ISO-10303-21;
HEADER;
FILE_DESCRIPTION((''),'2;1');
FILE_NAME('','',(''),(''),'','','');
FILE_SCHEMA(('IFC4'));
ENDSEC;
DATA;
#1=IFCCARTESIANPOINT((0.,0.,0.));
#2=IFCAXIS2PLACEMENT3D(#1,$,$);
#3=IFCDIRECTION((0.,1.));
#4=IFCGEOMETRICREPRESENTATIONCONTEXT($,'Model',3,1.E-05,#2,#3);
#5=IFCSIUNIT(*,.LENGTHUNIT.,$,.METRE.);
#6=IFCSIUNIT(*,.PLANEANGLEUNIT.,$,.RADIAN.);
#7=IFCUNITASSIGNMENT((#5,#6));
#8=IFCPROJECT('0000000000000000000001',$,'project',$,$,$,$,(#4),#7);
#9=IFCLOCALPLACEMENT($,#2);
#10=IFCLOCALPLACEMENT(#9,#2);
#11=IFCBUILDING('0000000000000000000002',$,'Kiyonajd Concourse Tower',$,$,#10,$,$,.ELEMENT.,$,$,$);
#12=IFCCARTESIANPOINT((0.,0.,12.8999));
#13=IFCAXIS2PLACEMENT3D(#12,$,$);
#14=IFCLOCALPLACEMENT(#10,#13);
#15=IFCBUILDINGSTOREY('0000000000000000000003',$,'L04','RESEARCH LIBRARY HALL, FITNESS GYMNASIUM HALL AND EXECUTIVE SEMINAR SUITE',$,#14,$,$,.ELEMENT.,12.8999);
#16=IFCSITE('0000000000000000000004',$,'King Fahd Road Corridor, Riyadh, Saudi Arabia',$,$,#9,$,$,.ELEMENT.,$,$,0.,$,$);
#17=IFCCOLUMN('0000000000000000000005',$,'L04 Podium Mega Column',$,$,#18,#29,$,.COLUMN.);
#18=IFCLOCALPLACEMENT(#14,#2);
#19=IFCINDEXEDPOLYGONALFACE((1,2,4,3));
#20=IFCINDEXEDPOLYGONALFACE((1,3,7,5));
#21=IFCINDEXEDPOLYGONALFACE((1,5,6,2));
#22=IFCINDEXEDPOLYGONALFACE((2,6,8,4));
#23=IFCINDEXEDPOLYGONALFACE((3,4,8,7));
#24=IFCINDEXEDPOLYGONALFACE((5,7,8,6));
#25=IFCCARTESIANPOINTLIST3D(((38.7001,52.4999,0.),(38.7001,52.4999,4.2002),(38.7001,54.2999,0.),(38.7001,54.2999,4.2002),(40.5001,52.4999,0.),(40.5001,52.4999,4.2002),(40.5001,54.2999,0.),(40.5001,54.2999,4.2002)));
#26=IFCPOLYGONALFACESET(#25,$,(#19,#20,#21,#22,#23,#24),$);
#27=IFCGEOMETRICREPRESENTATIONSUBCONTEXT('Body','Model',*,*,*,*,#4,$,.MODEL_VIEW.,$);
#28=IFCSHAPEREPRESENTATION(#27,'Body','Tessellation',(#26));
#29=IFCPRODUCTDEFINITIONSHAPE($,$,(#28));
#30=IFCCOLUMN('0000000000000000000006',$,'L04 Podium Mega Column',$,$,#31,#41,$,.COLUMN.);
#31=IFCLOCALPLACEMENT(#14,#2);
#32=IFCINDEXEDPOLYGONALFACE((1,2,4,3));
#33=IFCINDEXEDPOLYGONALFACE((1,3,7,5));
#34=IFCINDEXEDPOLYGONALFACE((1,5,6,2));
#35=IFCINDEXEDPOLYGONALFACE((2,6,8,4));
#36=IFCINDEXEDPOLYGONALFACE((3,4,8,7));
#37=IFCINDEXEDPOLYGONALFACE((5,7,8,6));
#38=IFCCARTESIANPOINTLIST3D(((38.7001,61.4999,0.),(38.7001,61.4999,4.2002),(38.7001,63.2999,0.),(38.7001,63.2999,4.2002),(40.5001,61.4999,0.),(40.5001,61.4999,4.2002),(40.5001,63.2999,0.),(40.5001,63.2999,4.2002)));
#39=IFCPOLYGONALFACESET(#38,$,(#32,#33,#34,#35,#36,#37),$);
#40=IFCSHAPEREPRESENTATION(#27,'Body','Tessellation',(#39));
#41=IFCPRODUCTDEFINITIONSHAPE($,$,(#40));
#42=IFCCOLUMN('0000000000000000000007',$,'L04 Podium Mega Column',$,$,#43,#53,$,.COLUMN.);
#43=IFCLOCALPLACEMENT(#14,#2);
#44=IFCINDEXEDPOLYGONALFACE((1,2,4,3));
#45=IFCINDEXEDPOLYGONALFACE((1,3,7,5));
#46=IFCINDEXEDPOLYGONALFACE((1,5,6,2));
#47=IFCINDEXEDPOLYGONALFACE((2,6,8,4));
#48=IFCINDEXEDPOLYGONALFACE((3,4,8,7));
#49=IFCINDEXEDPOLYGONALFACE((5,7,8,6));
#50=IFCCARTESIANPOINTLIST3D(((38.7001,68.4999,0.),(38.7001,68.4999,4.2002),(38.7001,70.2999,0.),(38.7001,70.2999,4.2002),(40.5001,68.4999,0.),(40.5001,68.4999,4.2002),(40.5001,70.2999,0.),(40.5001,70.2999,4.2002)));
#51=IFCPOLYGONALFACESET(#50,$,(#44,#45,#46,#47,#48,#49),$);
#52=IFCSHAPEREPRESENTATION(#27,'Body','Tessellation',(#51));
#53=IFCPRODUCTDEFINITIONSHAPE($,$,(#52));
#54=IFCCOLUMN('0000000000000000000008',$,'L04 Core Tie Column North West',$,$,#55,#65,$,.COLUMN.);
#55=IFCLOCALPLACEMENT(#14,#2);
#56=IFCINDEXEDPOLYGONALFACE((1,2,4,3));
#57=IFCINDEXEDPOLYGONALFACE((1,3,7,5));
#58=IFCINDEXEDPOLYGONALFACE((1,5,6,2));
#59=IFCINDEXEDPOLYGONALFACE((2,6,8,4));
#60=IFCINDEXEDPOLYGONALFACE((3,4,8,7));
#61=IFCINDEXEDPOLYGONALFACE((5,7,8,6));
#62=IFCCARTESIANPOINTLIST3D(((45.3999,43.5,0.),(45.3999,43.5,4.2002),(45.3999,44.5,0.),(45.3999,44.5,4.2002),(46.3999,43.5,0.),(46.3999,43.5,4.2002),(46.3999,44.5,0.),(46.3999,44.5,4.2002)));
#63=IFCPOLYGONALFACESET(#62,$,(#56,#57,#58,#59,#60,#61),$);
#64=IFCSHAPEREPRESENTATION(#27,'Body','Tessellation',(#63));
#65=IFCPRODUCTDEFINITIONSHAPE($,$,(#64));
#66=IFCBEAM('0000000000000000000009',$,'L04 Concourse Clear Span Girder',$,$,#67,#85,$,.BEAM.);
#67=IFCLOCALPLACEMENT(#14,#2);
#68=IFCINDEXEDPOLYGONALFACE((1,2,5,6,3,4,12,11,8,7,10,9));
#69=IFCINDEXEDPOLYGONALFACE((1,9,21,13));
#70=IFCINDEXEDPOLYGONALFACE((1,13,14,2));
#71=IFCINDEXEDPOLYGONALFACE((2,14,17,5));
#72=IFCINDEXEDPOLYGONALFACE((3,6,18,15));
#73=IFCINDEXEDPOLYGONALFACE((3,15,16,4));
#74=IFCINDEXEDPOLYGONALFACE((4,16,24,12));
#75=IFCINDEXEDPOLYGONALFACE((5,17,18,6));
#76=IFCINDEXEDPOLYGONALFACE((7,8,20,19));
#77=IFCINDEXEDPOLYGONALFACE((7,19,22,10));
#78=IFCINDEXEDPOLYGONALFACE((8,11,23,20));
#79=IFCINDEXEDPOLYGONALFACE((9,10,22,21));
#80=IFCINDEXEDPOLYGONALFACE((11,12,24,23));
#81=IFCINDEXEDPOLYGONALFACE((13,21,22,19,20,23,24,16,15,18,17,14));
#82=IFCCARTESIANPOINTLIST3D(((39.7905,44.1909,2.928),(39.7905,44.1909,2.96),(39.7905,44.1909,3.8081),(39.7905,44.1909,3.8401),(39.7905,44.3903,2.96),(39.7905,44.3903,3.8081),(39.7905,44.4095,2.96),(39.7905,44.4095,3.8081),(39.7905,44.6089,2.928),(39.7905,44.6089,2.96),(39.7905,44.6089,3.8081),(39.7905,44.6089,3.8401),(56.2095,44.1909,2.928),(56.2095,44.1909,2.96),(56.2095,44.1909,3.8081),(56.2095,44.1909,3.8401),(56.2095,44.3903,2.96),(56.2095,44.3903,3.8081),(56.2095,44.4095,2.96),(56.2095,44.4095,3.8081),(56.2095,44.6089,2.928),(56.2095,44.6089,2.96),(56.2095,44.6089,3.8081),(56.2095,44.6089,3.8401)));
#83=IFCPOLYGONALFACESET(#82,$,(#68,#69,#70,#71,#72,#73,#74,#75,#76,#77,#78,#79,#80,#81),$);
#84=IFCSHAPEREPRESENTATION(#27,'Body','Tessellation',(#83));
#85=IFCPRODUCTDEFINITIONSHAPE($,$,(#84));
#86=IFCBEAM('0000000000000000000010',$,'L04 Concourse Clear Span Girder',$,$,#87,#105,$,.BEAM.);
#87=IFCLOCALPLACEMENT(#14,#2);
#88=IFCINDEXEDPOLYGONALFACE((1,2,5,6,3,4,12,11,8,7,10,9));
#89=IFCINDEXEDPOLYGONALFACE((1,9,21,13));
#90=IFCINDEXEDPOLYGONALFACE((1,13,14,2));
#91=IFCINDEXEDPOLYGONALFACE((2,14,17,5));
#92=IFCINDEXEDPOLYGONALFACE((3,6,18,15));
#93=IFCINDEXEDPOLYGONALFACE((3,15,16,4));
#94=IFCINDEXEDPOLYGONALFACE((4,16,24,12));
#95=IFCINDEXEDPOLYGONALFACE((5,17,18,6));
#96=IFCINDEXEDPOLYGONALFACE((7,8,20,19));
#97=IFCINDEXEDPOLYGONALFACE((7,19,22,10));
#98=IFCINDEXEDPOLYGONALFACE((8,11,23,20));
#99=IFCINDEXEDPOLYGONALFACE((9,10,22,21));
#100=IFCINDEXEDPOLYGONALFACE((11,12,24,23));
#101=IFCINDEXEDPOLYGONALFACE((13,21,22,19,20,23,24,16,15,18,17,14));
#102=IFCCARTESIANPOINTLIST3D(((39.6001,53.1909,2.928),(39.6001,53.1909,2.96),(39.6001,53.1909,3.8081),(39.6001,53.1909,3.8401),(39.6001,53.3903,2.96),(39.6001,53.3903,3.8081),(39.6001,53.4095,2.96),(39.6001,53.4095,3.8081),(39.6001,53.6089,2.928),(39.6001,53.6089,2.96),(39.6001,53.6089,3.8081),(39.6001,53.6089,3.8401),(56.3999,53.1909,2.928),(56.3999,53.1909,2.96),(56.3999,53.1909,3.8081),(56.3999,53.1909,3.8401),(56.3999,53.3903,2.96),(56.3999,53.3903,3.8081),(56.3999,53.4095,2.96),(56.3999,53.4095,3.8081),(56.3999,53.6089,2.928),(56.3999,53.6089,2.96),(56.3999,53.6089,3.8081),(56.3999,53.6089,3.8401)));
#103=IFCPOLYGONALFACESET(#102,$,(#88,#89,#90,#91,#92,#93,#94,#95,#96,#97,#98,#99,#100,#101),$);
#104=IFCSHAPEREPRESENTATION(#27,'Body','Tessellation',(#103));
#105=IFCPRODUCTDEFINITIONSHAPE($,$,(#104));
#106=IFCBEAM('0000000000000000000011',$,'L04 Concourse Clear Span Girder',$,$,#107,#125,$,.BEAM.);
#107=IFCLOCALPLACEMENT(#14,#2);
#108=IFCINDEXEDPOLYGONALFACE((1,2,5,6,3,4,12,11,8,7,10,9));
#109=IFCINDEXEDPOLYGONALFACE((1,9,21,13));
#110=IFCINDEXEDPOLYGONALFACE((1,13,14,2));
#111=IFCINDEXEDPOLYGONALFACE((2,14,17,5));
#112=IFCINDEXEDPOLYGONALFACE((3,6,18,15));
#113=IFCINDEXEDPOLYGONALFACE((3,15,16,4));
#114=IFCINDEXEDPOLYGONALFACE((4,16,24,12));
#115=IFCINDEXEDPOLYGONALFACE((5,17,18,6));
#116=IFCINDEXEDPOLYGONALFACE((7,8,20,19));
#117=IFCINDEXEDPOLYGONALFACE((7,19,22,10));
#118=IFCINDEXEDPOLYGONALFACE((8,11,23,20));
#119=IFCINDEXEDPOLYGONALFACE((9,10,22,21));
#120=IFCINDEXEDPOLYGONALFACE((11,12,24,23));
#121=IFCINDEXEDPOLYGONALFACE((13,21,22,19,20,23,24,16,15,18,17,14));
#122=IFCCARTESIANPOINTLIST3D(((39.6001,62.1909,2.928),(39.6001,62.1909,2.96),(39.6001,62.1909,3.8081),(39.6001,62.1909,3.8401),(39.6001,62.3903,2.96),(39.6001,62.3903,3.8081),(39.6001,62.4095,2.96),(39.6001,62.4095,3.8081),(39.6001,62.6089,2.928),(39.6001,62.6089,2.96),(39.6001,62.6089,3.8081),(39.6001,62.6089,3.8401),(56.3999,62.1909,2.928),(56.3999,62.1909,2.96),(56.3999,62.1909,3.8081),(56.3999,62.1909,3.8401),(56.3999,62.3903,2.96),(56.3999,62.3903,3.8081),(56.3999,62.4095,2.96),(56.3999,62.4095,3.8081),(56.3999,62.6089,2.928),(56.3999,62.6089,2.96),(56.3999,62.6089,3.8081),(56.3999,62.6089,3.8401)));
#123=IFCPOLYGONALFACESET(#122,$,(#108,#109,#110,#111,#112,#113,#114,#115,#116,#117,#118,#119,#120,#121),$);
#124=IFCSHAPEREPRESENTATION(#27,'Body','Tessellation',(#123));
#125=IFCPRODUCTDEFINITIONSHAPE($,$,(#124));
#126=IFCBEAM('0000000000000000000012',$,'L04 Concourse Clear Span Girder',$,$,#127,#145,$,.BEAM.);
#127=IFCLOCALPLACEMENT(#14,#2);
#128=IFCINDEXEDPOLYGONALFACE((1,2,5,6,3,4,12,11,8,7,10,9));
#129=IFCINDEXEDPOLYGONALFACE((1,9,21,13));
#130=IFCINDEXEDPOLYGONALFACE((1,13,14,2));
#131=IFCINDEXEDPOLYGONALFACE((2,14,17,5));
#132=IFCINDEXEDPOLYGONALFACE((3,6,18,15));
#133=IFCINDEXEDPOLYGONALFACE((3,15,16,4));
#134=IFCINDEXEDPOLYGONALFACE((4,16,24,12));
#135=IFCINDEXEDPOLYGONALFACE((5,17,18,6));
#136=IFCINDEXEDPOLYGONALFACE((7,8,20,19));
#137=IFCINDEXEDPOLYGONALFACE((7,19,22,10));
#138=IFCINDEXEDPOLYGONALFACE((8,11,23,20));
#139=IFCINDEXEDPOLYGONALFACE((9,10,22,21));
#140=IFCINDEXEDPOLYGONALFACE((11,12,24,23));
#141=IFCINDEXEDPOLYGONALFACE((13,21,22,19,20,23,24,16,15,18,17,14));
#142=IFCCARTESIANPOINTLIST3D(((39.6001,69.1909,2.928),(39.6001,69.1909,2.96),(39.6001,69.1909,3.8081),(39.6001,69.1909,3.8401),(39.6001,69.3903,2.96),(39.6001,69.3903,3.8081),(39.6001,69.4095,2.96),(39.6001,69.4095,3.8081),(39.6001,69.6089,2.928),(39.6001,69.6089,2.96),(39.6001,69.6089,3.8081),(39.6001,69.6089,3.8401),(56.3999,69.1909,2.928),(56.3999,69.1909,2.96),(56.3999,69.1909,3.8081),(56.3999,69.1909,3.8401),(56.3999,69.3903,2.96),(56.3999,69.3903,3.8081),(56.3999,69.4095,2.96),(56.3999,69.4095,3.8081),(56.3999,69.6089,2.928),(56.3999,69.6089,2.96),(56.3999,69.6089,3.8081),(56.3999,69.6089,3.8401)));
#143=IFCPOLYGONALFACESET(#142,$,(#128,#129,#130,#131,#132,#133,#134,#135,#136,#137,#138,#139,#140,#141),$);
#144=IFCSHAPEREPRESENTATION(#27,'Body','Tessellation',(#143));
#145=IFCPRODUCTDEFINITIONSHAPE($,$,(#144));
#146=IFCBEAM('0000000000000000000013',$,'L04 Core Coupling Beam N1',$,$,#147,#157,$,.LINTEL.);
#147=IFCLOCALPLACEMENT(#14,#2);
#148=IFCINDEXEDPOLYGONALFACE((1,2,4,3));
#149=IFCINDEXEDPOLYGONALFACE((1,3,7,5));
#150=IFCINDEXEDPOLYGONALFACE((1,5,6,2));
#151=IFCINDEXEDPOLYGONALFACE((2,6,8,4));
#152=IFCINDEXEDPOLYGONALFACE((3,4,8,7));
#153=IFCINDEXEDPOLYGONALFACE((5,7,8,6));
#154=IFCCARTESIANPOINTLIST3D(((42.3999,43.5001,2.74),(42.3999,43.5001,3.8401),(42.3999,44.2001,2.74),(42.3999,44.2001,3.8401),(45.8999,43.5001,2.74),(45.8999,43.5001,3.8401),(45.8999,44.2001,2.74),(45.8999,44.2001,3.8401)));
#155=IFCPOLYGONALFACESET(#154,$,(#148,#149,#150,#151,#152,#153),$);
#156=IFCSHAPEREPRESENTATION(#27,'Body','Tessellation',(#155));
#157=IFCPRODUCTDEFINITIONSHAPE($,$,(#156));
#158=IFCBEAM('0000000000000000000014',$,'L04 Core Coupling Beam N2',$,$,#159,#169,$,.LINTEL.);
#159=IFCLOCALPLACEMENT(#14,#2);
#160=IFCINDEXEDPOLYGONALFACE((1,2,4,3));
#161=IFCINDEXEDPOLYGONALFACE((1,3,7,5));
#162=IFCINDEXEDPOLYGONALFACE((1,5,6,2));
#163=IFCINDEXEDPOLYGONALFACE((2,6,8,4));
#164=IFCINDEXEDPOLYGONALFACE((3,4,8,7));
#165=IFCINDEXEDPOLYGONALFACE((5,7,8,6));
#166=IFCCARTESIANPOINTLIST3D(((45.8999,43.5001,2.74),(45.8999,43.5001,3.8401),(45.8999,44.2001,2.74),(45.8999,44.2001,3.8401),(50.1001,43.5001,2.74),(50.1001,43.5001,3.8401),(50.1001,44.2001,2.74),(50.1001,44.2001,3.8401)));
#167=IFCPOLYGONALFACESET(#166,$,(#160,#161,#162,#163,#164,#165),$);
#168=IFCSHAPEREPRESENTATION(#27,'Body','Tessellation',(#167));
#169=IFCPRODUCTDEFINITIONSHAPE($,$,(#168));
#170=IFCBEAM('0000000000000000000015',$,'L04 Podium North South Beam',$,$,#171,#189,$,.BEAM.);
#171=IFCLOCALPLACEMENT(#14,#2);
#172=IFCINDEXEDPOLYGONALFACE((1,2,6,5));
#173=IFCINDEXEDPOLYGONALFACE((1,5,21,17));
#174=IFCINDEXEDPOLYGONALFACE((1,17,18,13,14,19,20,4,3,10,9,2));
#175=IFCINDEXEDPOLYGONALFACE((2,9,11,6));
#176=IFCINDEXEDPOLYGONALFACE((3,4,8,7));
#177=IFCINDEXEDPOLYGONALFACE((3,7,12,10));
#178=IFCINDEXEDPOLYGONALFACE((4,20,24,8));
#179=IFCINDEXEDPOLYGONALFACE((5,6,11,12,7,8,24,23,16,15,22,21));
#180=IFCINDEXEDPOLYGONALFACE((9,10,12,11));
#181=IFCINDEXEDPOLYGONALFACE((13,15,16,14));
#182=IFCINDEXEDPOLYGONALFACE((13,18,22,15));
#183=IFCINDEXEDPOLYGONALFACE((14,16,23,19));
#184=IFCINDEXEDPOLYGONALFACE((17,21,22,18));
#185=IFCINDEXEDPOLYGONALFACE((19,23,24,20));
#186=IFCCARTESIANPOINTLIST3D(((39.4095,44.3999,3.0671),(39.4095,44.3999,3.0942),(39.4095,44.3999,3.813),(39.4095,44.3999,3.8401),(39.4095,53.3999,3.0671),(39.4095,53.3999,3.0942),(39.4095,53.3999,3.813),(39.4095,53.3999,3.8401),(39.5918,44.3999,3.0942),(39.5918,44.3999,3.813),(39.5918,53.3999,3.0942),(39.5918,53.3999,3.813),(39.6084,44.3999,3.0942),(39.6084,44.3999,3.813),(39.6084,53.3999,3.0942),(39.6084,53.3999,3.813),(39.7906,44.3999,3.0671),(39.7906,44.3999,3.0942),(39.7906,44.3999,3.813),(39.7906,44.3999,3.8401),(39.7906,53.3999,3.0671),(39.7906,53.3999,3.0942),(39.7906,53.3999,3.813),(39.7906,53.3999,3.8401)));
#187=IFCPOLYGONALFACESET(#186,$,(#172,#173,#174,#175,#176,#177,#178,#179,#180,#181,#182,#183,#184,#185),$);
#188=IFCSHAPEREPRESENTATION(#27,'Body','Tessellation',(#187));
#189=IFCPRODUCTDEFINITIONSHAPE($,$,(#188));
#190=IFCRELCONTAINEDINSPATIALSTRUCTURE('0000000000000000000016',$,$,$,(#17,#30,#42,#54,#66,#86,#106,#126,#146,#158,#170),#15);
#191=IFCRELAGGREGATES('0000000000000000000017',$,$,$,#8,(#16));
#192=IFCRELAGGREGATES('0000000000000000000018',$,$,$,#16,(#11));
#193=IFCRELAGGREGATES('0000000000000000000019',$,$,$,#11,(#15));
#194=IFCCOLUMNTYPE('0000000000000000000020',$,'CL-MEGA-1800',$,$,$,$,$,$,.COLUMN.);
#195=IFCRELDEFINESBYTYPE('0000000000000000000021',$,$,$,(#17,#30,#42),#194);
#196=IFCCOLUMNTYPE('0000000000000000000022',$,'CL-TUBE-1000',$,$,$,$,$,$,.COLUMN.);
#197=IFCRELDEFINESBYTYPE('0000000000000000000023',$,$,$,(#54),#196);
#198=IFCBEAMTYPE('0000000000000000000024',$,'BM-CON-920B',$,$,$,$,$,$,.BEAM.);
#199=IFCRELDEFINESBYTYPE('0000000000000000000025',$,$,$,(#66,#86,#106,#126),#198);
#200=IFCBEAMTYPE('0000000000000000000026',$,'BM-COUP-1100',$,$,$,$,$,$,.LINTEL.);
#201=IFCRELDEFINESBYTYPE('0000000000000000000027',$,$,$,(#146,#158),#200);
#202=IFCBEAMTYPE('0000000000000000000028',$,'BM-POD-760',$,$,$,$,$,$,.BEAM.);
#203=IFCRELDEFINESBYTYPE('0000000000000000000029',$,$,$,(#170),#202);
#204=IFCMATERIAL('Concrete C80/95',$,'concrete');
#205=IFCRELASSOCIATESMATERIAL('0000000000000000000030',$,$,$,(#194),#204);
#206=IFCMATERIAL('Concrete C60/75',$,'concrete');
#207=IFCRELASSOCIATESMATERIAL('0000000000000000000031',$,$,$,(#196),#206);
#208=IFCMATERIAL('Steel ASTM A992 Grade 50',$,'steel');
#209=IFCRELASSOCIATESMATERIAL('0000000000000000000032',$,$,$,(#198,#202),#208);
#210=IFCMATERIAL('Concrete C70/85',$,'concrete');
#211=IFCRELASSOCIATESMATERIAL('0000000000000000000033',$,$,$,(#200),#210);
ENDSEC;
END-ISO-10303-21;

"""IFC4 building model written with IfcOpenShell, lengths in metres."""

from ifc_helpers import new_model, si_unit, direction, frame, origin, origin_2d, place, context, subcontext, project, spatial, rectangle, i_section, extrude, material, material_profile, profile_set, type_object, element, save


model = new_model("IFC4")

# Units and contexts
model_context = context("Model", 3, precision=1e-05, world=origin(), true_north=direction((0.0, 1.0)))
body_context = subcontext(model_context, "Body", "Model", "MODEL_VIEW")
ifc_project = project(units=[si_unit("LENGTHUNIT", "METRE"), si_unit("PLANEANGLEUNIT", "RADIAN")], contexts=[model_context])

# Site, building, storey
site_placement = place(None, origin())
site = spatial("IfcSite", under=ifc_project, at=site_placement, Name="King Fahd Road Corridor, Riyadh, Saudi Arabia", CompositionType="ELEMENT", RefElevation=0.0)
building_placement = place(site_placement, origin())
building = spatial("IfcBuilding", under=site, at=building_placement, Name="Kiyonajd Concourse Tower", CompositionType="ELEMENT")
storey_placement = place(building_placement, frame((0.0, 0.0, 12.8999)))
storey = spatial("IfcBuildingStorey", under=building, at=storey_placement, Name="L04", Description="RESEARCH LIBRARY HALL, FITNESS GYMNASIUM HALL AND EXECUTIVE SEMINAR SUITE", CompositionType="ELEMENT", Elevation=12.8999)

# Columns
ifc_material_1 = material(Name="Concrete C80/95", Category="concrete")
ifc_material_profile_1 = material_profile(ifc_material_1, rectangle(XDim=1.8, YDim=1.8, at=origin_2d()), Name="RC-1800x1800")
ifc_profile_set_1 = profile_set([ifc_material_profile_1], Name="Concrete C80/95")
column_type_1 = type_object("IfcColumnType", Name="CL-MEGA-1800", PredefinedType="COLUMN", material=ifc_profile_set_1)
for number, where, z_axis, x_axis, name in (
    (1, (39.6001, 53.3999, 0.0), (0.0, 0.0, 1.0), (1.0, 0.0, 0.0), "L04 Podium Mega Column"),
    (2, (39.6001, 62.3999, 0.0), (0.0, 0.0, 1.0), (1.0, 0.0, 0.0), "L04 Podium Mega Column"),
    (3, (39.6001, 69.3999, 0.0), (0.0, 0.0, 1.0), (1.0, 0.0, 0.0), "L04 Podium Mega Column"),
):
    element("IfcColumn", number, at=place(storey_placement, frame(where, z_axis=z_axis, x_axis=x_axis)), inside=storey, type_object=column_type_1, Name=name, PredefinedType="COLUMN", context=body_context, shape_type="SweptSolid", body=[
        extrude(rectangle(XDim=1.8, YDim=1.8, at=origin_2d()), origin(), (0.0, 0.0, 1.0), 4.2002),
    ])
ifc_material_2 = material(Name="Concrete C60/75", Category="concrete")
ifc_material_profile_2 = material_profile(ifc_material_2, rectangle(XDim=1.0, YDim=1.0, at=origin_2d()), Name="RC-1000x1000")
ifc_profile_set_2 = profile_set([ifc_material_profile_2], Name="Concrete C60/75")
column_type_2 = type_object("IfcColumnType", Name="CL-TUBE-1000", PredefinedType="COLUMN", material=ifc_profile_set_2)
column_placement = place(storey_placement, frame((45.8999, 44.0, 0.0), z_axis=(0.0, 0.0, 1.0), x_axis=(1.0, 0.0, 0.0)))
element("IfcColumn", 4, at=column_placement, inside=storey, type_object=column_type_2, Name="L04 Core Tie Column North West", PredefinedType="COLUMN", context=body_context, shape_type="SweptSolid", body=[
    extrude(rectangle(XDim=1.0, YDim=1.0, at=origin_2d()), origin(), (0.0, 0.0, 1.0), 4.2002),
])

# Beams
ifc_material_3 = material(Name="Steel ASTM A992 Grade 50", Category="steel")
ifc_material_profile_3 = material_profile(ifc_material_3, i_section(OverallWidth=0.418, OverallDepth=0.9121, WebThickness=0.0193, FlangeThickness=0.032, at=origin_2d()), Name="W920X342")
ifc_profile_set_3 = profile_set([ifc_material_profile_3], Name="Steel ASTM A992 Grade 50")
beam_type_1 = type_object("IfcBeamType", Name="BM-CON-920B", PredefinedType="BEAM", material=ifc_profile_set_3)
beam_1_placement = place(storey_placement, frame((39.7905, 44.3999, 3.384), z_axis=(1.0, 0.0, 0.0), x_axis=(0.0, 1.0, 0.0)))
element("IfcBeam", 5, at=beam_1_placement, inside=storey, type_object=beam_type_1, Name="L04 Concourse Clear Span Girder", PredefinedType="BEAM", context=body_context, shape_type="SweptSolid", body=[
    extrude(i_section(OverallWidth=0.418, OverallDepth=0.9121, WebThickness=0.0193, FlangeThickness=0.032, at=origin_2d()), origin(), (0.0, 0.0, 1.0), 16.4189),
])
for number, where, z_axis, x_axis, name in (
    (6, (39.6001, 53.3999, 3.384), (1.0, 0.0, 0.0), (0.0, 1.0, 0.0), "L04 Concourse Clear Span Girder"),
    (7, (39.6001, 62.3999, 3.384), (1.0, 0.0, 0.0), (0.0, 1.0, 0.0), "L04 Concourse Clear Span Girder"),
    (8, (39.6001, 69.3999, 3.384), (1.0, 0.0, 0.0), (0.0, 1.0, 0.0), "L04 Concourse Clear Span Girder"),
):
    element("IfcBeam", number, at=place(storey_placement, frame(where, z_axis=z_axis, x_axis=x_axis)), inside=storey, type_object=beam_type_1, Name=name, PredefinedType="BEAM", context=body_context, shape_type="SweptSolid", body=[
        extrude(i_section(OverallWidth=0.418, OverallDepth=0.9121, WebThickness=0.0193, FlangeThickness=0.032, at=origin_2d()), origin(), (0.0, 0.0, 1.0), 16.7998),
    ])
ifc_material_4 = material(Name="Concrete C70/85", Category="concrete")
ifc_material_profile_4 = material_profile(ifc_material_4, rectangle(XDim=0.7, YDim=1.1001, at=origin_2d()), Name="RCBM-700x1100")
ifc_profile_set_4 = profile_set([ifc_material_profile_4], Name="Concrete C70/85")
beam_type_2 = type_object("IfcBeamType", Name="BM-COUP-1100", PredefinedType="LINTEL", material=ifc_profile_set_4)
beam_2_placement = place(storey_placement, frame((42.3999, 43.8501, 3.29), z_axis=(1.0, 0.0, 0.0), x_axis=(0.0, 1.0, 0.0)))
element("IfcBeam", 9, at=beam_2_placement, inside=storey, type_object=beam_type_2, Name="L04 Core Coupling Beam N1", PredefinedType="LINTEL", context=body_context, shape_type="SweptSolid", body=[
    extrude(rectangle(XDim=0.7, YDim=1.1001, at=origin_2d()), origin(), (0.0, 0.0, 1.0), 3.5),
])
beam_3_placement = place(storey_placement, frame((45.8999, 43.8501, 3.29), z_axis=(1.0, 0.0, 0.0), x_axis=(0.0, 1.0, 0.0)))
element("IfcBeam", 10, at=beam_3_placement, inside=storey, type_object=beam_type_2, Name="L04 Core Coupling Beam N2", PredefinedType="LINTEL", context=body_context, shape_type="SweptSolid", body=[
    extrude(rectangle(XDim=0.7, YDim=1.1001, at=origin_2d()), origin(), (0.0, 0.0, 1.0), 4.2002),
])
ifc_material_profile_5 = material_profile(ifc_material_3, i_section(OverallWidth=0.3811, OverallDepth=0.7729, WebThickness=0.0166, FlangeThickness=0.0271, at=origin_2d()), Name="W760X257")
ifc_profile_set_5 = profile_set([ifc_material_profile_5], Name="Steel ASTM A992 Grade 50")
beam_type_3 = type_object("IfcBeamType", Name="BM-POD-760", PredefinedType="BEAM", material=ifc_profile_set_5)
for number, where, z_axis, x_axis, name in (
    (11, (39.6001, 44.3999, 3.4536), (0.0, 1.0, 0.0), (-1.0, 0.0, 0.0), "L04 Podium North South Beam"),
):
    element("IfcBeam", number, at=place(storey_placement, frame(where, z_axis=z_axis, x_axis=x_axis)), inside=storey, type_object=beam_type_3, Name=name, PredefinedType="BEAM", context=body_context, shape_type="SweptSolid", body=[
        extrude(i_section(OverallWidth=0.3811, OverallDepth=0.7729, WebThickness=0.0166, FlangeThickness=0.0271, at=origin_2d()), origin(), (0.0, 0.0, 1.0), 9.0),
    ])

save(model, "model.ifc")
